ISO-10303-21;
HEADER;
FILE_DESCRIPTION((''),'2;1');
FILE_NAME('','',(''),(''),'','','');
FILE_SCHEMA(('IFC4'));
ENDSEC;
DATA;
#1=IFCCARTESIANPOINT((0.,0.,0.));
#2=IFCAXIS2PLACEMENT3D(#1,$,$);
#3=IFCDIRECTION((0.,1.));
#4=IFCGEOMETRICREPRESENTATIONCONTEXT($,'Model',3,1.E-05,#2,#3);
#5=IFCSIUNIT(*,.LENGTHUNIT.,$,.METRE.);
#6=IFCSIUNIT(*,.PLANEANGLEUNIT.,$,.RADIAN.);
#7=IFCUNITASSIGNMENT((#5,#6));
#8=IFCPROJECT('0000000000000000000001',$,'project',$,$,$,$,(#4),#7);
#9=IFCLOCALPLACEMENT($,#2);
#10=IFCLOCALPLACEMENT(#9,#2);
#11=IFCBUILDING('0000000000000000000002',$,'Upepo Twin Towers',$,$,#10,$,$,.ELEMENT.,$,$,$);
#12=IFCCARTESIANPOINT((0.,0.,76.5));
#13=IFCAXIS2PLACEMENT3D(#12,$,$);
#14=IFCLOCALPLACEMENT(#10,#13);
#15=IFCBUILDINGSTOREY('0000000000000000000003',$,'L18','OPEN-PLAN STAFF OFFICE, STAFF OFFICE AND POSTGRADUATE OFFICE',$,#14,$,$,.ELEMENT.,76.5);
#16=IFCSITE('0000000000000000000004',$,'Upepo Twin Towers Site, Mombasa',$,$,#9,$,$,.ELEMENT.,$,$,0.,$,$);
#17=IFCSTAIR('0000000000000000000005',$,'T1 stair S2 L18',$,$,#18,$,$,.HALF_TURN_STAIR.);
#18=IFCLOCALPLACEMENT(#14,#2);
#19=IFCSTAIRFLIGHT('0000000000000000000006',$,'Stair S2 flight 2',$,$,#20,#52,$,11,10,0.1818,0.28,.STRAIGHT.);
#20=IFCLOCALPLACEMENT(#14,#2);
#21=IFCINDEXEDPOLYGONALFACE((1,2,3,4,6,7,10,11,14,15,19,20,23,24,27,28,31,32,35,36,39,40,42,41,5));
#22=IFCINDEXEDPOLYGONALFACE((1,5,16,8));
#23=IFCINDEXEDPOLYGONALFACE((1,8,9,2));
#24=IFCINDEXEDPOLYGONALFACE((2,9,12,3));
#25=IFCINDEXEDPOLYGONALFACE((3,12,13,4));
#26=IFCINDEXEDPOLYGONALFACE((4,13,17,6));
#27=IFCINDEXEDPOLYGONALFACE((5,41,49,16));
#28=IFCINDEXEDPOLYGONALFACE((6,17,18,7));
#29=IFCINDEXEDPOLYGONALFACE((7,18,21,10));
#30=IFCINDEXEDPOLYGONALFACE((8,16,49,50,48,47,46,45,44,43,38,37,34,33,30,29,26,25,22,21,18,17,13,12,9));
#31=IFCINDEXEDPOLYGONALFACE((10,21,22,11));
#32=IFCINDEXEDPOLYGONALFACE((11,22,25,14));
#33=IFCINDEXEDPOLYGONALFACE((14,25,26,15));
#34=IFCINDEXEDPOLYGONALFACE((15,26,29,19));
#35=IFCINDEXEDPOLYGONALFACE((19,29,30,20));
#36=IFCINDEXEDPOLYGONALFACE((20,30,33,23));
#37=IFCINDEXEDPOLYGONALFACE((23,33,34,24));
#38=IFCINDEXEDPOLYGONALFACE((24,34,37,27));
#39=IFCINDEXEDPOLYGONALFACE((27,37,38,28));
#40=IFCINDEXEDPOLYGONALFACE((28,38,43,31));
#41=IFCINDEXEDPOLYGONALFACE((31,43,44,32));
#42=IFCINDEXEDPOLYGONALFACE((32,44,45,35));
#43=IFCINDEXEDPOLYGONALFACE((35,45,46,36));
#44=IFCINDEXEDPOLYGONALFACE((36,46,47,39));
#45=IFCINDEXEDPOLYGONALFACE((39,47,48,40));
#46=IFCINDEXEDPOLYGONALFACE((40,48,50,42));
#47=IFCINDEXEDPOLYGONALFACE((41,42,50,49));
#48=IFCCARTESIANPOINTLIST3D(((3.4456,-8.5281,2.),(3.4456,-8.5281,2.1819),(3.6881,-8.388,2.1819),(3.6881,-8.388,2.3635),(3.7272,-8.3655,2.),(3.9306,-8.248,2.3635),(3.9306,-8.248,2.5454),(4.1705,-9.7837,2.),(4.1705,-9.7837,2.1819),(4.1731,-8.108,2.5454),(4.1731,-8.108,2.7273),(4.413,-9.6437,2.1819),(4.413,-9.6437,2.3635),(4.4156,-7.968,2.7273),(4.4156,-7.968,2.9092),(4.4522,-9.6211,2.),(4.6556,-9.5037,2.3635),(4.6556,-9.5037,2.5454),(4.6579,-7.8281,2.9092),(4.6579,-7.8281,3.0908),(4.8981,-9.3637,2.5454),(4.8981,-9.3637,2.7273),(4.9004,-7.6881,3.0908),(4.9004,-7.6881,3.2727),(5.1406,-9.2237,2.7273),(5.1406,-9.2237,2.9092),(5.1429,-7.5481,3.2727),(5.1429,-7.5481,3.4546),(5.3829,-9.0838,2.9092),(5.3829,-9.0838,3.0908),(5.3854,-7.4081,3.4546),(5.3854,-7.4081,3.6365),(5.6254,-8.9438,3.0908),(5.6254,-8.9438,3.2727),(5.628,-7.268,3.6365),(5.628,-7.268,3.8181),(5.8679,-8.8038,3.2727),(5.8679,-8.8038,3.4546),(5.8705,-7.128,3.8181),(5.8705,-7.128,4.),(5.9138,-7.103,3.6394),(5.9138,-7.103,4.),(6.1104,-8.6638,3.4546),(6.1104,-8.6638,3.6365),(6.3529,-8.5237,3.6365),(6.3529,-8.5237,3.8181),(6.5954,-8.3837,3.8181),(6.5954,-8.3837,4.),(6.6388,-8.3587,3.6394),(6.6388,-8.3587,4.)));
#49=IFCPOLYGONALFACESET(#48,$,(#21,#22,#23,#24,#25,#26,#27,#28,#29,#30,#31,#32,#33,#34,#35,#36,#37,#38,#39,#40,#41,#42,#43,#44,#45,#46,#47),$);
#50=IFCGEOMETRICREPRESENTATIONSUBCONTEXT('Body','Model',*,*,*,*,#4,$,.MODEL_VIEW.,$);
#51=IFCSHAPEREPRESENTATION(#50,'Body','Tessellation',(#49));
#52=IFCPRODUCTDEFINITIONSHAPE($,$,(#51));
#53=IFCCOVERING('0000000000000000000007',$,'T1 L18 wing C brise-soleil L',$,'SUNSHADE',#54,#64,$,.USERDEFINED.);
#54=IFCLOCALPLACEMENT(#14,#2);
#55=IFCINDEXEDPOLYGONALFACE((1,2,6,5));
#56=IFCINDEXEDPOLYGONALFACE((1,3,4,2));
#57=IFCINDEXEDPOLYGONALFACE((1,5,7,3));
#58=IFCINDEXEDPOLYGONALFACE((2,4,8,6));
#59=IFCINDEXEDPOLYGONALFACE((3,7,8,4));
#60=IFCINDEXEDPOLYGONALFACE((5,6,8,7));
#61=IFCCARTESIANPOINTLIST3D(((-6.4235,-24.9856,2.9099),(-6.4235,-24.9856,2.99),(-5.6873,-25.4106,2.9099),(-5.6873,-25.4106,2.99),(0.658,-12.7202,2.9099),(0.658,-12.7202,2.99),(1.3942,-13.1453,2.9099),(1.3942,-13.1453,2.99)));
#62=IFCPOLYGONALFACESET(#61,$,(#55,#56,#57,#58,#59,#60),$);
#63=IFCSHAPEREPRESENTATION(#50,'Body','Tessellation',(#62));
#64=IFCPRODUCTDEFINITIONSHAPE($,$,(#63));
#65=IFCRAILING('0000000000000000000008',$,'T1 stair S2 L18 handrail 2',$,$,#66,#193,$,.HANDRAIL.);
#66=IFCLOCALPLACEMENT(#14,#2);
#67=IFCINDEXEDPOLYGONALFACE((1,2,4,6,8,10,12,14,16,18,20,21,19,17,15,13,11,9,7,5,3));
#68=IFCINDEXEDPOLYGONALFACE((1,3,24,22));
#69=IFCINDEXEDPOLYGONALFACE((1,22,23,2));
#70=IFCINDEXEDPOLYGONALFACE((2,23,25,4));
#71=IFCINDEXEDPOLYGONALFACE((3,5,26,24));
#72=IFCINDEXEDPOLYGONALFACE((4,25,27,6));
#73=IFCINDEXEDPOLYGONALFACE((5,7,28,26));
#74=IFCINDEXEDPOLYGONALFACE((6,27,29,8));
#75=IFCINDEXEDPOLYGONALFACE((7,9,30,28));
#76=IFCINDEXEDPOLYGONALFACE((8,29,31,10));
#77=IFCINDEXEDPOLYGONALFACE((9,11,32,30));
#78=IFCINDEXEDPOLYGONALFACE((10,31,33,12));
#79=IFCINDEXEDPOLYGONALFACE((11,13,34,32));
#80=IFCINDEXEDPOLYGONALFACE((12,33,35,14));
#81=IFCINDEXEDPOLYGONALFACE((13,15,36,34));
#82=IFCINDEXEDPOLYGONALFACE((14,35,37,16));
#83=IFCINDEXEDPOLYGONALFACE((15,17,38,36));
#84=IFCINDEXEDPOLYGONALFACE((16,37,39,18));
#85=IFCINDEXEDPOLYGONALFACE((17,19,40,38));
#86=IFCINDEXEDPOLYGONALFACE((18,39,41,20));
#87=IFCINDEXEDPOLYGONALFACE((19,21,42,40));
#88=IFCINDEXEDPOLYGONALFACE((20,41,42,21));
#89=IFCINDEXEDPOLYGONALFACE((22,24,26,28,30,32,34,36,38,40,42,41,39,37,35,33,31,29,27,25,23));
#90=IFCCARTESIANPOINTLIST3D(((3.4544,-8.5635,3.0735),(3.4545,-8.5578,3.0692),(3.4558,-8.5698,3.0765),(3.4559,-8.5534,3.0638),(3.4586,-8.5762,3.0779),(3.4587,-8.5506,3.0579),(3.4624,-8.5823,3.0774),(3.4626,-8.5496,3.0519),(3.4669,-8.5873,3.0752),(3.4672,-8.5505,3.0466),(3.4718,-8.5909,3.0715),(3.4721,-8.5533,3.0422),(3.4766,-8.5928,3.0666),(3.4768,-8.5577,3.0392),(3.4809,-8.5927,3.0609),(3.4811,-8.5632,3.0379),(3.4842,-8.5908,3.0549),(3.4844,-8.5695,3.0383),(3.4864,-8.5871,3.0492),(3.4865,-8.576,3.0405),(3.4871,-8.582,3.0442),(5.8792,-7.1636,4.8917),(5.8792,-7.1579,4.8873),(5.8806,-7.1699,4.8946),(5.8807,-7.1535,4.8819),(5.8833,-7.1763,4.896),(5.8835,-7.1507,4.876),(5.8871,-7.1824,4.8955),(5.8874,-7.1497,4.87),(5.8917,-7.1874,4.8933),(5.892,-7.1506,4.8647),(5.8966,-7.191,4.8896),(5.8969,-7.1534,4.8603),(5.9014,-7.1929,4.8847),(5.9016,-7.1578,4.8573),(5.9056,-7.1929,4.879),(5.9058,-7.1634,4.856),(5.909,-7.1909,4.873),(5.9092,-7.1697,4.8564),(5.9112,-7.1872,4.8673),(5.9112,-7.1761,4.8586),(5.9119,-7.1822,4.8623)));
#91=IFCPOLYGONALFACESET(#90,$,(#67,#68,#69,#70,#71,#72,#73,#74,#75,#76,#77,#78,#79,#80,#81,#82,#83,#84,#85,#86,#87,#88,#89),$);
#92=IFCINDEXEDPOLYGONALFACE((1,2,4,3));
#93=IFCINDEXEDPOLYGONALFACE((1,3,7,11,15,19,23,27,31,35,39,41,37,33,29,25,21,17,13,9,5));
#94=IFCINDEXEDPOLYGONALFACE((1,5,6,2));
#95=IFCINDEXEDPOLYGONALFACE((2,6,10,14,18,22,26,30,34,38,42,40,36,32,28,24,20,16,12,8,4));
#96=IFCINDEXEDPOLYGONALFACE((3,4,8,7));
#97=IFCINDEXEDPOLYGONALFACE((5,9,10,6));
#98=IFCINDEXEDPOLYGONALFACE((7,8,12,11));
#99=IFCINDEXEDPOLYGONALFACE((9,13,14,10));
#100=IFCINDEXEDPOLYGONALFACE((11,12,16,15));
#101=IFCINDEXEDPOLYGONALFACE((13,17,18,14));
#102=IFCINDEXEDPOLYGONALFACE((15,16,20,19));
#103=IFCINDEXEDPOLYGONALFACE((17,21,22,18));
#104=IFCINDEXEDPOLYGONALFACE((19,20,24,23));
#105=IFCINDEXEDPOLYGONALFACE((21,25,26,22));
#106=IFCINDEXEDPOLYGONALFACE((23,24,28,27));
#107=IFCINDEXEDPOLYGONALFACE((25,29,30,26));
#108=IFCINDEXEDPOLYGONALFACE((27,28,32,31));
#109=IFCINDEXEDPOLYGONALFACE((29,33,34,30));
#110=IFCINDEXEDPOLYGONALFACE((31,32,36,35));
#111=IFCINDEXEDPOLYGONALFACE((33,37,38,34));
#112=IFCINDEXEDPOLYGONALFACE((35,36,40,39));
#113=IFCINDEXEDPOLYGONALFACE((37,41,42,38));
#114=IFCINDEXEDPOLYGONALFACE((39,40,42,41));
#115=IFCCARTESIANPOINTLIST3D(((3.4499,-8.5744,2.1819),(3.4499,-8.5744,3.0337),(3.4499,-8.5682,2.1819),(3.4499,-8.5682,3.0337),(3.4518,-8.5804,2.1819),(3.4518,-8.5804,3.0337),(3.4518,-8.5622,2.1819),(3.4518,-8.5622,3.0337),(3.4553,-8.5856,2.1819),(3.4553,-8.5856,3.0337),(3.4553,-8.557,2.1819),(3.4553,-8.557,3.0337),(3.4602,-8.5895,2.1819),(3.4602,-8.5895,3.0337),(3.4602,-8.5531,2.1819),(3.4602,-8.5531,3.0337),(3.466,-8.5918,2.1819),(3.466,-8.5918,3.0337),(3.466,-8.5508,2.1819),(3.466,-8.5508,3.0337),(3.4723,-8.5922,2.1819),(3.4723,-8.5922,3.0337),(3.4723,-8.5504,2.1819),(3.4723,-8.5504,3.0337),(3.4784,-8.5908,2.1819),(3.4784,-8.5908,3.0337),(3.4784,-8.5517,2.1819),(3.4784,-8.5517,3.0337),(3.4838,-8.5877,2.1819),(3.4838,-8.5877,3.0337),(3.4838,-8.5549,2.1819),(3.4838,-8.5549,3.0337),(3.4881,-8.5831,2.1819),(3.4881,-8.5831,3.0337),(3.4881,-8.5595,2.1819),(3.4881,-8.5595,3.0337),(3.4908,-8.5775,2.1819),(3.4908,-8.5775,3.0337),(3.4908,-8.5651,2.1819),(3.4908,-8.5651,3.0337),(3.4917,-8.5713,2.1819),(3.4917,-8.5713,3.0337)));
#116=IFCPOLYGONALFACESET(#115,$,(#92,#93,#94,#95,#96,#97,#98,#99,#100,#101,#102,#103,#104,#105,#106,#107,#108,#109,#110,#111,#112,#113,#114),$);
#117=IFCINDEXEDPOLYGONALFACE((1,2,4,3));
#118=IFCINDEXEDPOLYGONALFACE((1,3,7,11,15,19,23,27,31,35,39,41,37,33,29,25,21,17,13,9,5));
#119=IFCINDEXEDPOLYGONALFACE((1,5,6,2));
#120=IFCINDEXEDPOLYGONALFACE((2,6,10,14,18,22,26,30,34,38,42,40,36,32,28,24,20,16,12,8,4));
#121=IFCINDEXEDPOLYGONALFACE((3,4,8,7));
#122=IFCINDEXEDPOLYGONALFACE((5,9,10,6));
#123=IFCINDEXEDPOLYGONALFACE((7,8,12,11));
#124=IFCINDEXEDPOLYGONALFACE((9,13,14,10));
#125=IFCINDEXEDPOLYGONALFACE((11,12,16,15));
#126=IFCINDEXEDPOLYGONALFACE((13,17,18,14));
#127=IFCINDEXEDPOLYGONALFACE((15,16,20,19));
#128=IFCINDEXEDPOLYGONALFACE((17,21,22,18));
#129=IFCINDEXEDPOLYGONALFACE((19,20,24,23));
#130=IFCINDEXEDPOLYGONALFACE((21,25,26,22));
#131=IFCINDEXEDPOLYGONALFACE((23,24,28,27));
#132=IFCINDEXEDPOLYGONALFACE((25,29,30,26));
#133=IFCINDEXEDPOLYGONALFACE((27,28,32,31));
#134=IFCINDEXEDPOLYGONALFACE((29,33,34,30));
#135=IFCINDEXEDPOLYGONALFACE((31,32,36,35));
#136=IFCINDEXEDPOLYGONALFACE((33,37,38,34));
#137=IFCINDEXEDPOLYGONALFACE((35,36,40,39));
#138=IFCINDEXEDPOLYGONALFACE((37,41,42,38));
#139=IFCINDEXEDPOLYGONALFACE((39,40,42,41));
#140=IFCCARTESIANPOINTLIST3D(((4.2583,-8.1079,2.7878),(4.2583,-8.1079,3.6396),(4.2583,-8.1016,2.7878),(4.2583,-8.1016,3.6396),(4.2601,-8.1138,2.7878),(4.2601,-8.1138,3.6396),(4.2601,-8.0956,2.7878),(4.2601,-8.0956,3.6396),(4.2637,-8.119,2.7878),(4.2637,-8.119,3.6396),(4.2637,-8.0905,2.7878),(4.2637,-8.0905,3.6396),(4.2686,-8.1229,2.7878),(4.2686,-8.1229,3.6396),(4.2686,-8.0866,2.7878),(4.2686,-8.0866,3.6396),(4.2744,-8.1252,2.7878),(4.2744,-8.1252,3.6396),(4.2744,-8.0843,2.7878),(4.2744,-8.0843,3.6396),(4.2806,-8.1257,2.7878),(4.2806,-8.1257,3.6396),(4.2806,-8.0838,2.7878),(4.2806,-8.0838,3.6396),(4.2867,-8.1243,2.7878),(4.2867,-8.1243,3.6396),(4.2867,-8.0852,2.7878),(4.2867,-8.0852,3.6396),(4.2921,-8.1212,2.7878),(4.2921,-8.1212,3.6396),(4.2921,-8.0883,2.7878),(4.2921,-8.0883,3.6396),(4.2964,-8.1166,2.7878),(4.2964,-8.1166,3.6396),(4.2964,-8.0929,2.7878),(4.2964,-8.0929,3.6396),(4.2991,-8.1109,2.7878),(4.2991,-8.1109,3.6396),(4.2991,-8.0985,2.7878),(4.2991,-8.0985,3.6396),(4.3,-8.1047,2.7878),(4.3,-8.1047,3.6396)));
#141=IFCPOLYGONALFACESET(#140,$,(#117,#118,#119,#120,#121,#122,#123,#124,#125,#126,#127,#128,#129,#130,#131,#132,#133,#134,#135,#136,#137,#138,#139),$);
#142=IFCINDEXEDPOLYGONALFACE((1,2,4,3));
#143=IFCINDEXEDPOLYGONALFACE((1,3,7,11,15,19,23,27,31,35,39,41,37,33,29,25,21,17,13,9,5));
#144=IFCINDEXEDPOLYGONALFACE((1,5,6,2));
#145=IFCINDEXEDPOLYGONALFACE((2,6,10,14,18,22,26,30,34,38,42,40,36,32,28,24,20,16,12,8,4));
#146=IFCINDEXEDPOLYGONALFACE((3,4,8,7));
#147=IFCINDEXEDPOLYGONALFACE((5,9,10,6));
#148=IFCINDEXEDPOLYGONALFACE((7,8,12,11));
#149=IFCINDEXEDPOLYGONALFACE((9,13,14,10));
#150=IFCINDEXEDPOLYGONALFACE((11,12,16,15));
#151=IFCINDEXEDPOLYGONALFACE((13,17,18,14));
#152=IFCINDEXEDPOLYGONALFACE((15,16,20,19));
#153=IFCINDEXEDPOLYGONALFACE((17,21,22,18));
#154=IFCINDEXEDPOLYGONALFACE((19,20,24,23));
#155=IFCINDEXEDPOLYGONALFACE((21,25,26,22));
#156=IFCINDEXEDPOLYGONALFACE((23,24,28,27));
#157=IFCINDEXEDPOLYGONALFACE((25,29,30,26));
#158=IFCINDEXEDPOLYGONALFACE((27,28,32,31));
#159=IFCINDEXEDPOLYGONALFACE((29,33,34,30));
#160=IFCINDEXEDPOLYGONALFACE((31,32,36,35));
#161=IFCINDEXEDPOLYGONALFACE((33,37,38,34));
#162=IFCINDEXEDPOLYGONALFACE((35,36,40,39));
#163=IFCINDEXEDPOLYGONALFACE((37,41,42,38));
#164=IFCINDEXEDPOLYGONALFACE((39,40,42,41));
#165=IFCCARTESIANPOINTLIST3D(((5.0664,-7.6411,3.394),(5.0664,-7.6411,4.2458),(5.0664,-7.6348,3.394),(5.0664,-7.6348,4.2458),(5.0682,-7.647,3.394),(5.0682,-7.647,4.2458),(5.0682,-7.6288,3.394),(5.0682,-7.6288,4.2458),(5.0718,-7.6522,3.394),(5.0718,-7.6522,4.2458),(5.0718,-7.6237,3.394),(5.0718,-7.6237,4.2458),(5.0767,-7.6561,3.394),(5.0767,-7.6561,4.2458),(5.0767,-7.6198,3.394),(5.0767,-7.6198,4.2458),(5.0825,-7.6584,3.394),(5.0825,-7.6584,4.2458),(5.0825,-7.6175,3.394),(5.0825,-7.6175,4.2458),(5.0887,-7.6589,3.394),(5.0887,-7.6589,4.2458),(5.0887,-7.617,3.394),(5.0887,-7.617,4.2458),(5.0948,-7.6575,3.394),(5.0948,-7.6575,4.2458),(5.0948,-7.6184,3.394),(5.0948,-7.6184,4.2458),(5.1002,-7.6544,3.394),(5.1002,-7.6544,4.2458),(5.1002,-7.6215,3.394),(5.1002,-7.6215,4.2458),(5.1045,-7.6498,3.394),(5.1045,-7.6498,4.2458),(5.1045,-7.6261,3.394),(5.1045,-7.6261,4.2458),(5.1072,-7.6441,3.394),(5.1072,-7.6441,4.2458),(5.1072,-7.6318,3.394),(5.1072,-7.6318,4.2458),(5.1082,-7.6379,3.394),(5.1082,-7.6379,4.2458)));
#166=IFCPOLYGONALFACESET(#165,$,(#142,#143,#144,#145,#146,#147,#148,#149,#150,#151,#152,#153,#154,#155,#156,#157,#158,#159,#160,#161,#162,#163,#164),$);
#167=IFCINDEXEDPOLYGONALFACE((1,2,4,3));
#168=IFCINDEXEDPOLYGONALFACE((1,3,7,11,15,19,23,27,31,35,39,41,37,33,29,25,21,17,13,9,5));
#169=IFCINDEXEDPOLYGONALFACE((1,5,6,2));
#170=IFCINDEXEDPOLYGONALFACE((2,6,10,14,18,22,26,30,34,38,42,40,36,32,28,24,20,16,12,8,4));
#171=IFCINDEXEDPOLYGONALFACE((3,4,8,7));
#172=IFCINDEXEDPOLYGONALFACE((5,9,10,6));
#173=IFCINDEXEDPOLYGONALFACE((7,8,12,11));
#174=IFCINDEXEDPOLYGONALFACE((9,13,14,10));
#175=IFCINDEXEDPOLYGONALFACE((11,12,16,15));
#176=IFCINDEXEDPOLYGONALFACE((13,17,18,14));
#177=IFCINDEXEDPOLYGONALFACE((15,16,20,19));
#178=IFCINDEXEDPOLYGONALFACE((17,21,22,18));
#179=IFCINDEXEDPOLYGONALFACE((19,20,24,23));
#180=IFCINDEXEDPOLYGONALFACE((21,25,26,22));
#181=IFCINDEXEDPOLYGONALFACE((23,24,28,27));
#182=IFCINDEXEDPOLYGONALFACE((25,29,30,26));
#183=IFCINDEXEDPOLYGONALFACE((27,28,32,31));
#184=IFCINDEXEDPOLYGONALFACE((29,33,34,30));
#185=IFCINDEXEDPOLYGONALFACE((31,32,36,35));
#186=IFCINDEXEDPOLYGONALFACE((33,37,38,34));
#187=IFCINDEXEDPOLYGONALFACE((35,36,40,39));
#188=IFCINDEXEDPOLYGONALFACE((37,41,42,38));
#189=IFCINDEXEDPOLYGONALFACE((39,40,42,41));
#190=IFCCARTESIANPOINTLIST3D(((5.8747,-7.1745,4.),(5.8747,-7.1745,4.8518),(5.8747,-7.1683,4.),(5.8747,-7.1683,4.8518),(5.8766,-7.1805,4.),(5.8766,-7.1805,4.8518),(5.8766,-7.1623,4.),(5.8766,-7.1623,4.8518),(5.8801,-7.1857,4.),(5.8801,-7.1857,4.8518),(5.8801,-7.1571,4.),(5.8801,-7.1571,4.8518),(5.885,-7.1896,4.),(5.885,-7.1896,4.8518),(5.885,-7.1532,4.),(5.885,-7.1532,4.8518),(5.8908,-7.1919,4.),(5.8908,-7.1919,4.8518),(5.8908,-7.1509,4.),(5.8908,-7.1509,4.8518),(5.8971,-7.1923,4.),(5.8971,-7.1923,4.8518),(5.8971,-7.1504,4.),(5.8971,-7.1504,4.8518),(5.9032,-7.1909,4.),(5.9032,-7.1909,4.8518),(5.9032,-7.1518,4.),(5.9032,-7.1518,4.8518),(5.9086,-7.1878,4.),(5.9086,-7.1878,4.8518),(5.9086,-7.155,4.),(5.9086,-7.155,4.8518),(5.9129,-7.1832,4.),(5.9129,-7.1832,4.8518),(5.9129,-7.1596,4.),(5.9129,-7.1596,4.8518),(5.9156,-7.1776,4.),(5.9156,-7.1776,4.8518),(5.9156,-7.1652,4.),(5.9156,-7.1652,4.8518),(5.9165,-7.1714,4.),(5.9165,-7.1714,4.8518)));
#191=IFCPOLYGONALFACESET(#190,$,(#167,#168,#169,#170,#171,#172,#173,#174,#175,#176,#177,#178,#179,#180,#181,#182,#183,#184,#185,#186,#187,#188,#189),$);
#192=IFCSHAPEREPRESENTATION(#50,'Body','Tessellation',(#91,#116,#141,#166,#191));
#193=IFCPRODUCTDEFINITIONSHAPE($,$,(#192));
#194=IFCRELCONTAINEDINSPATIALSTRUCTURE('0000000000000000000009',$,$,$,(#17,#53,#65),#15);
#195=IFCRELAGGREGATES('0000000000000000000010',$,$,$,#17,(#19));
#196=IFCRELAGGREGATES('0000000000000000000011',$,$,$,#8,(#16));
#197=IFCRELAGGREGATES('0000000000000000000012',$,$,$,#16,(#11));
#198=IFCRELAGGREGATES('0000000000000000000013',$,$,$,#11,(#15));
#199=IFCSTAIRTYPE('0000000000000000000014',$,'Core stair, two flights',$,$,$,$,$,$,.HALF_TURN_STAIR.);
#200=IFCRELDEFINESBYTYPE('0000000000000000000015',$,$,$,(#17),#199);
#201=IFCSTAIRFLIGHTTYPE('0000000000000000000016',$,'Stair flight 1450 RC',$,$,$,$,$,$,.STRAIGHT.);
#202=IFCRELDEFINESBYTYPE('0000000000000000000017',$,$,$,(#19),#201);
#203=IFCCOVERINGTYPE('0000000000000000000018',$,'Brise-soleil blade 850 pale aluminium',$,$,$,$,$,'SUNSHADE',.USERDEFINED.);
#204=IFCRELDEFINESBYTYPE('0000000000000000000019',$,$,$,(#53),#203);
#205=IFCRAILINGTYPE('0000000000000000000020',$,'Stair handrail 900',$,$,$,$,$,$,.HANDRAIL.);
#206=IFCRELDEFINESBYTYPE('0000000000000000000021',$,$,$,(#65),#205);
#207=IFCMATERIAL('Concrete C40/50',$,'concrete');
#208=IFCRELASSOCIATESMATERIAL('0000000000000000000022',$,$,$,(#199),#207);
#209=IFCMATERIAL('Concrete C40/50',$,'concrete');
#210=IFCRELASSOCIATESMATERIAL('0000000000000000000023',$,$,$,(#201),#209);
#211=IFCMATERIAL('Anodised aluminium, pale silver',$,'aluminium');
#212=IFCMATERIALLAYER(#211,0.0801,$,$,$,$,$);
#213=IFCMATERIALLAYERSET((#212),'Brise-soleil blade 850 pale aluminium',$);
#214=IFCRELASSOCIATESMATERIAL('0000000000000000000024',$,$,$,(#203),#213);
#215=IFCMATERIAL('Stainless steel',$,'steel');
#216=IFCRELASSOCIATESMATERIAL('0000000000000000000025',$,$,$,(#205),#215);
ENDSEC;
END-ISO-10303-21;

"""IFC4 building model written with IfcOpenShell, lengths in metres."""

from ifc_helpers import new_model, si_unit, direction, frame, origin, origin_2d, place, context, subcontext, project, spatial, polyline, rectangle, circle, outline, extrude, material, layer, layer_set, type_object, element, aggregate, save


model = new_model("IFC4")

# Units and contexts
model_context = context("Model", 3, precision=1e-05, world=origin(), true_north=direction((0.0, 1.0)))
body_context = subcontext(model_context, "Body", "Model", "MODEL_VIEW")
ifc_project = project(units=[si_unit("LENGTHUNIT", "METRE"), si_unit("PLANEANGLEUNIT", "RADIAN")], contexts=[model_context])

# Site, building, storey
site_placement = place(None, origin())
site = spatial("IfcSite", under=ifc_project, at=site_placement, Name="Upepo Twin Towers Site, Mombasa", CompositionType="ELEMENT", RefElevation=0.0)
building_placement = place(site_placement, origin())
building = spatial("IfcBuilding", under=site, at=building_placement, Name="Upepo Twin Towers", CompositionType="ELEMENT")
storey_placement = place(building_placement, frame((0.0, 0.0, 76.5)))
storey = spatial("IfcBuildingStorey", under=building, at=storey_placement, Name="L18", Description="OPEN-PLAN STAFF OFFICE, STAFF OFFICE AND POSTGRADUATE OFFICE", CompositionType="ELEMENT", Elevation=76.5)

# Stair, stair flight
ifc_material_1 = material(Name="Concrete C40/50", Category="concrete")
stair_type = type_object("IfcStairType", Name="Core stair, two flights", PredefinedType="HALF_TURN_STAIR", material=ifc_material_1)
stair_placement = place(storey_placement, origin())
stair = element("IfcStair", 1, at=stair_placement, inside=storey, type_object=stair_type, Name="T1 stair S2 L18", PredefinedType="HALF_TURN_STAIR")
ifc_material_2 = material(Name="Concrete C40/50", Category="concrete")
stair_flight_type = type_object("IfcStairFlightType", Name="Stair flight 1450 RC", PredefinedType="STRAIGHT", material=ifc_material_2)
stair_flight_placement = place(storey_placement, frame((3.8081, -9.156, 2.0), z_axis=(0.0, 0.0, 1.0), x_axis=(0.866025, 0.5, 0.0)))
stair_flight = element("IfcStairFlight", 2, at=stair_flight_placement, type_object=stair_flight_type, Name="Stair S2 flight 2", NumberOfRisers=11, NumberOfTreads=10, PredefinedType="STRAIGHT", RiserHeight=0.1818, TreadLength=0.28, context=body_context, shape_type="SweptSolid", body=[
    extrude(outline(polyline([(0.0, 0.0), (0.0, 0.1819), (0.28, 0.1819), (0.28, 0.3635), (0.5601, 0.3635), (0.5601, 0.5454), (0.8401, 0.5454), (0.8401, 0.7273), (1.1201, 0.7273), (1.1201, 0.9092), (1.3999, 0.9092), (1.3999, 1.0908), (1.6799, 1.0908), (1.6799, 1.2727), (1.96, 1.2727), (1.96, 1.4546), (2.24, 1.4546), (2.24, 1.6365), (2.52, 1.6365), (2.52, 1.8181), (2.8, 1.8181), (2.8, 2.0), (2.8501, 2.0), (2.8501, 1.6394), (0.3252, 0.0), (0.0, 0.0)])), frame((0.0, 0.7251, 0.0), z_axis=(0.0, -1.0, 0.0), x_axis=(1.0, 0.0, 0.0)), (0.0, 0.0, 1.0), 1.45),
])
aggregate(stair, [stair_flight])

# Covering
ifc_material_3 = material(Name="Anodised aluminium, pale silver", Category="aluminium")
ifc_layer_1 = layer(ifc_material_3, 0.0801)
ifc_layer_set_1 = layer_set([ifc_layer_1], Name="Brise-soleil blade 850 pale aluminium")
covering_type = type_object("IfcCoveringType", Name="Brise-soleil blade 850 pale aluminium", ElementType="SUNSHADE", PredefinedType="USERDEFINED", material=ifc_layer_set_1)
covering_placement = place(storey_placement, frame((-2.5146, -19.0654, 2.9099), z_axis=(0.0, 0.0, 1.0), x_axis=(-0.5, -0.866025, 0.0)))
element("IfcCovering", 3, at=covering_placement, inside=storey, type_object=covering_type, Name="T1 L18 wing C brise-soleil L", ObjectType="SUNSHADE", PredefinedType="USERDEFINED", context=body_context, shape_type="SweptSolid", body=[
    extrude(rectangle(XDim=14.1628, YDim=0.8501, at=origin_2d()), origin(), (0.0, 0.0, 1.0), 0.0801),
])

# Railing
ifc_material_4 = material(Name="Stainless steel", Category="steel")
railing_type = type_object("IfcRailingType", Name="Stair handrail 900", PredefinedType="HANDRAIL", material=ifc_material_4)
railing_placement = place(storey_placement, frame((3.4707, -8.5713, 2.1819)))
element("IfcRailing", 4, at=railing_placement, inside=storey, type_object=railing_type, Name="T1 stair S2 L18 handrail 2", PredefinedType="HANDRAIL", context=body_context, shape_type="SweptSolid", body=[
    extrude(circle(Radius=0.0239, at=origin_2d()), frame((0.0, 0.0, 0.876), z_axis=(0.726336, 0.419333, 0.544606), x_axis=(-0.499984, 0.866035, 0.0)), (0.0, 0.0, 1.0), 3.3384),
    extrude(circle(Radius=0.021, at=origin_2d()), origin(), (0.0, 0.0, 1.0), 0.8518),
    extrude(circle(Radius=0.021, at=origin_2d()), frame((0.8083, 0.4666, 0.606)), (0.0, 0.0, 1.0), 0.8518),
    extrude(circle(Radius=0.021, at=origin_2d()), frame((1.6165, 0.9333, 1.2122)), (0.0, 0.0, 1.0), 0.8518),
    extrude(circle(Radius=0.021, at=origin_2d()), frame((2.4248, 1.3999, 1.8181)), (0.0, 0.0, 1.0), 0.8518),
])

save(model, "model.ifc")
